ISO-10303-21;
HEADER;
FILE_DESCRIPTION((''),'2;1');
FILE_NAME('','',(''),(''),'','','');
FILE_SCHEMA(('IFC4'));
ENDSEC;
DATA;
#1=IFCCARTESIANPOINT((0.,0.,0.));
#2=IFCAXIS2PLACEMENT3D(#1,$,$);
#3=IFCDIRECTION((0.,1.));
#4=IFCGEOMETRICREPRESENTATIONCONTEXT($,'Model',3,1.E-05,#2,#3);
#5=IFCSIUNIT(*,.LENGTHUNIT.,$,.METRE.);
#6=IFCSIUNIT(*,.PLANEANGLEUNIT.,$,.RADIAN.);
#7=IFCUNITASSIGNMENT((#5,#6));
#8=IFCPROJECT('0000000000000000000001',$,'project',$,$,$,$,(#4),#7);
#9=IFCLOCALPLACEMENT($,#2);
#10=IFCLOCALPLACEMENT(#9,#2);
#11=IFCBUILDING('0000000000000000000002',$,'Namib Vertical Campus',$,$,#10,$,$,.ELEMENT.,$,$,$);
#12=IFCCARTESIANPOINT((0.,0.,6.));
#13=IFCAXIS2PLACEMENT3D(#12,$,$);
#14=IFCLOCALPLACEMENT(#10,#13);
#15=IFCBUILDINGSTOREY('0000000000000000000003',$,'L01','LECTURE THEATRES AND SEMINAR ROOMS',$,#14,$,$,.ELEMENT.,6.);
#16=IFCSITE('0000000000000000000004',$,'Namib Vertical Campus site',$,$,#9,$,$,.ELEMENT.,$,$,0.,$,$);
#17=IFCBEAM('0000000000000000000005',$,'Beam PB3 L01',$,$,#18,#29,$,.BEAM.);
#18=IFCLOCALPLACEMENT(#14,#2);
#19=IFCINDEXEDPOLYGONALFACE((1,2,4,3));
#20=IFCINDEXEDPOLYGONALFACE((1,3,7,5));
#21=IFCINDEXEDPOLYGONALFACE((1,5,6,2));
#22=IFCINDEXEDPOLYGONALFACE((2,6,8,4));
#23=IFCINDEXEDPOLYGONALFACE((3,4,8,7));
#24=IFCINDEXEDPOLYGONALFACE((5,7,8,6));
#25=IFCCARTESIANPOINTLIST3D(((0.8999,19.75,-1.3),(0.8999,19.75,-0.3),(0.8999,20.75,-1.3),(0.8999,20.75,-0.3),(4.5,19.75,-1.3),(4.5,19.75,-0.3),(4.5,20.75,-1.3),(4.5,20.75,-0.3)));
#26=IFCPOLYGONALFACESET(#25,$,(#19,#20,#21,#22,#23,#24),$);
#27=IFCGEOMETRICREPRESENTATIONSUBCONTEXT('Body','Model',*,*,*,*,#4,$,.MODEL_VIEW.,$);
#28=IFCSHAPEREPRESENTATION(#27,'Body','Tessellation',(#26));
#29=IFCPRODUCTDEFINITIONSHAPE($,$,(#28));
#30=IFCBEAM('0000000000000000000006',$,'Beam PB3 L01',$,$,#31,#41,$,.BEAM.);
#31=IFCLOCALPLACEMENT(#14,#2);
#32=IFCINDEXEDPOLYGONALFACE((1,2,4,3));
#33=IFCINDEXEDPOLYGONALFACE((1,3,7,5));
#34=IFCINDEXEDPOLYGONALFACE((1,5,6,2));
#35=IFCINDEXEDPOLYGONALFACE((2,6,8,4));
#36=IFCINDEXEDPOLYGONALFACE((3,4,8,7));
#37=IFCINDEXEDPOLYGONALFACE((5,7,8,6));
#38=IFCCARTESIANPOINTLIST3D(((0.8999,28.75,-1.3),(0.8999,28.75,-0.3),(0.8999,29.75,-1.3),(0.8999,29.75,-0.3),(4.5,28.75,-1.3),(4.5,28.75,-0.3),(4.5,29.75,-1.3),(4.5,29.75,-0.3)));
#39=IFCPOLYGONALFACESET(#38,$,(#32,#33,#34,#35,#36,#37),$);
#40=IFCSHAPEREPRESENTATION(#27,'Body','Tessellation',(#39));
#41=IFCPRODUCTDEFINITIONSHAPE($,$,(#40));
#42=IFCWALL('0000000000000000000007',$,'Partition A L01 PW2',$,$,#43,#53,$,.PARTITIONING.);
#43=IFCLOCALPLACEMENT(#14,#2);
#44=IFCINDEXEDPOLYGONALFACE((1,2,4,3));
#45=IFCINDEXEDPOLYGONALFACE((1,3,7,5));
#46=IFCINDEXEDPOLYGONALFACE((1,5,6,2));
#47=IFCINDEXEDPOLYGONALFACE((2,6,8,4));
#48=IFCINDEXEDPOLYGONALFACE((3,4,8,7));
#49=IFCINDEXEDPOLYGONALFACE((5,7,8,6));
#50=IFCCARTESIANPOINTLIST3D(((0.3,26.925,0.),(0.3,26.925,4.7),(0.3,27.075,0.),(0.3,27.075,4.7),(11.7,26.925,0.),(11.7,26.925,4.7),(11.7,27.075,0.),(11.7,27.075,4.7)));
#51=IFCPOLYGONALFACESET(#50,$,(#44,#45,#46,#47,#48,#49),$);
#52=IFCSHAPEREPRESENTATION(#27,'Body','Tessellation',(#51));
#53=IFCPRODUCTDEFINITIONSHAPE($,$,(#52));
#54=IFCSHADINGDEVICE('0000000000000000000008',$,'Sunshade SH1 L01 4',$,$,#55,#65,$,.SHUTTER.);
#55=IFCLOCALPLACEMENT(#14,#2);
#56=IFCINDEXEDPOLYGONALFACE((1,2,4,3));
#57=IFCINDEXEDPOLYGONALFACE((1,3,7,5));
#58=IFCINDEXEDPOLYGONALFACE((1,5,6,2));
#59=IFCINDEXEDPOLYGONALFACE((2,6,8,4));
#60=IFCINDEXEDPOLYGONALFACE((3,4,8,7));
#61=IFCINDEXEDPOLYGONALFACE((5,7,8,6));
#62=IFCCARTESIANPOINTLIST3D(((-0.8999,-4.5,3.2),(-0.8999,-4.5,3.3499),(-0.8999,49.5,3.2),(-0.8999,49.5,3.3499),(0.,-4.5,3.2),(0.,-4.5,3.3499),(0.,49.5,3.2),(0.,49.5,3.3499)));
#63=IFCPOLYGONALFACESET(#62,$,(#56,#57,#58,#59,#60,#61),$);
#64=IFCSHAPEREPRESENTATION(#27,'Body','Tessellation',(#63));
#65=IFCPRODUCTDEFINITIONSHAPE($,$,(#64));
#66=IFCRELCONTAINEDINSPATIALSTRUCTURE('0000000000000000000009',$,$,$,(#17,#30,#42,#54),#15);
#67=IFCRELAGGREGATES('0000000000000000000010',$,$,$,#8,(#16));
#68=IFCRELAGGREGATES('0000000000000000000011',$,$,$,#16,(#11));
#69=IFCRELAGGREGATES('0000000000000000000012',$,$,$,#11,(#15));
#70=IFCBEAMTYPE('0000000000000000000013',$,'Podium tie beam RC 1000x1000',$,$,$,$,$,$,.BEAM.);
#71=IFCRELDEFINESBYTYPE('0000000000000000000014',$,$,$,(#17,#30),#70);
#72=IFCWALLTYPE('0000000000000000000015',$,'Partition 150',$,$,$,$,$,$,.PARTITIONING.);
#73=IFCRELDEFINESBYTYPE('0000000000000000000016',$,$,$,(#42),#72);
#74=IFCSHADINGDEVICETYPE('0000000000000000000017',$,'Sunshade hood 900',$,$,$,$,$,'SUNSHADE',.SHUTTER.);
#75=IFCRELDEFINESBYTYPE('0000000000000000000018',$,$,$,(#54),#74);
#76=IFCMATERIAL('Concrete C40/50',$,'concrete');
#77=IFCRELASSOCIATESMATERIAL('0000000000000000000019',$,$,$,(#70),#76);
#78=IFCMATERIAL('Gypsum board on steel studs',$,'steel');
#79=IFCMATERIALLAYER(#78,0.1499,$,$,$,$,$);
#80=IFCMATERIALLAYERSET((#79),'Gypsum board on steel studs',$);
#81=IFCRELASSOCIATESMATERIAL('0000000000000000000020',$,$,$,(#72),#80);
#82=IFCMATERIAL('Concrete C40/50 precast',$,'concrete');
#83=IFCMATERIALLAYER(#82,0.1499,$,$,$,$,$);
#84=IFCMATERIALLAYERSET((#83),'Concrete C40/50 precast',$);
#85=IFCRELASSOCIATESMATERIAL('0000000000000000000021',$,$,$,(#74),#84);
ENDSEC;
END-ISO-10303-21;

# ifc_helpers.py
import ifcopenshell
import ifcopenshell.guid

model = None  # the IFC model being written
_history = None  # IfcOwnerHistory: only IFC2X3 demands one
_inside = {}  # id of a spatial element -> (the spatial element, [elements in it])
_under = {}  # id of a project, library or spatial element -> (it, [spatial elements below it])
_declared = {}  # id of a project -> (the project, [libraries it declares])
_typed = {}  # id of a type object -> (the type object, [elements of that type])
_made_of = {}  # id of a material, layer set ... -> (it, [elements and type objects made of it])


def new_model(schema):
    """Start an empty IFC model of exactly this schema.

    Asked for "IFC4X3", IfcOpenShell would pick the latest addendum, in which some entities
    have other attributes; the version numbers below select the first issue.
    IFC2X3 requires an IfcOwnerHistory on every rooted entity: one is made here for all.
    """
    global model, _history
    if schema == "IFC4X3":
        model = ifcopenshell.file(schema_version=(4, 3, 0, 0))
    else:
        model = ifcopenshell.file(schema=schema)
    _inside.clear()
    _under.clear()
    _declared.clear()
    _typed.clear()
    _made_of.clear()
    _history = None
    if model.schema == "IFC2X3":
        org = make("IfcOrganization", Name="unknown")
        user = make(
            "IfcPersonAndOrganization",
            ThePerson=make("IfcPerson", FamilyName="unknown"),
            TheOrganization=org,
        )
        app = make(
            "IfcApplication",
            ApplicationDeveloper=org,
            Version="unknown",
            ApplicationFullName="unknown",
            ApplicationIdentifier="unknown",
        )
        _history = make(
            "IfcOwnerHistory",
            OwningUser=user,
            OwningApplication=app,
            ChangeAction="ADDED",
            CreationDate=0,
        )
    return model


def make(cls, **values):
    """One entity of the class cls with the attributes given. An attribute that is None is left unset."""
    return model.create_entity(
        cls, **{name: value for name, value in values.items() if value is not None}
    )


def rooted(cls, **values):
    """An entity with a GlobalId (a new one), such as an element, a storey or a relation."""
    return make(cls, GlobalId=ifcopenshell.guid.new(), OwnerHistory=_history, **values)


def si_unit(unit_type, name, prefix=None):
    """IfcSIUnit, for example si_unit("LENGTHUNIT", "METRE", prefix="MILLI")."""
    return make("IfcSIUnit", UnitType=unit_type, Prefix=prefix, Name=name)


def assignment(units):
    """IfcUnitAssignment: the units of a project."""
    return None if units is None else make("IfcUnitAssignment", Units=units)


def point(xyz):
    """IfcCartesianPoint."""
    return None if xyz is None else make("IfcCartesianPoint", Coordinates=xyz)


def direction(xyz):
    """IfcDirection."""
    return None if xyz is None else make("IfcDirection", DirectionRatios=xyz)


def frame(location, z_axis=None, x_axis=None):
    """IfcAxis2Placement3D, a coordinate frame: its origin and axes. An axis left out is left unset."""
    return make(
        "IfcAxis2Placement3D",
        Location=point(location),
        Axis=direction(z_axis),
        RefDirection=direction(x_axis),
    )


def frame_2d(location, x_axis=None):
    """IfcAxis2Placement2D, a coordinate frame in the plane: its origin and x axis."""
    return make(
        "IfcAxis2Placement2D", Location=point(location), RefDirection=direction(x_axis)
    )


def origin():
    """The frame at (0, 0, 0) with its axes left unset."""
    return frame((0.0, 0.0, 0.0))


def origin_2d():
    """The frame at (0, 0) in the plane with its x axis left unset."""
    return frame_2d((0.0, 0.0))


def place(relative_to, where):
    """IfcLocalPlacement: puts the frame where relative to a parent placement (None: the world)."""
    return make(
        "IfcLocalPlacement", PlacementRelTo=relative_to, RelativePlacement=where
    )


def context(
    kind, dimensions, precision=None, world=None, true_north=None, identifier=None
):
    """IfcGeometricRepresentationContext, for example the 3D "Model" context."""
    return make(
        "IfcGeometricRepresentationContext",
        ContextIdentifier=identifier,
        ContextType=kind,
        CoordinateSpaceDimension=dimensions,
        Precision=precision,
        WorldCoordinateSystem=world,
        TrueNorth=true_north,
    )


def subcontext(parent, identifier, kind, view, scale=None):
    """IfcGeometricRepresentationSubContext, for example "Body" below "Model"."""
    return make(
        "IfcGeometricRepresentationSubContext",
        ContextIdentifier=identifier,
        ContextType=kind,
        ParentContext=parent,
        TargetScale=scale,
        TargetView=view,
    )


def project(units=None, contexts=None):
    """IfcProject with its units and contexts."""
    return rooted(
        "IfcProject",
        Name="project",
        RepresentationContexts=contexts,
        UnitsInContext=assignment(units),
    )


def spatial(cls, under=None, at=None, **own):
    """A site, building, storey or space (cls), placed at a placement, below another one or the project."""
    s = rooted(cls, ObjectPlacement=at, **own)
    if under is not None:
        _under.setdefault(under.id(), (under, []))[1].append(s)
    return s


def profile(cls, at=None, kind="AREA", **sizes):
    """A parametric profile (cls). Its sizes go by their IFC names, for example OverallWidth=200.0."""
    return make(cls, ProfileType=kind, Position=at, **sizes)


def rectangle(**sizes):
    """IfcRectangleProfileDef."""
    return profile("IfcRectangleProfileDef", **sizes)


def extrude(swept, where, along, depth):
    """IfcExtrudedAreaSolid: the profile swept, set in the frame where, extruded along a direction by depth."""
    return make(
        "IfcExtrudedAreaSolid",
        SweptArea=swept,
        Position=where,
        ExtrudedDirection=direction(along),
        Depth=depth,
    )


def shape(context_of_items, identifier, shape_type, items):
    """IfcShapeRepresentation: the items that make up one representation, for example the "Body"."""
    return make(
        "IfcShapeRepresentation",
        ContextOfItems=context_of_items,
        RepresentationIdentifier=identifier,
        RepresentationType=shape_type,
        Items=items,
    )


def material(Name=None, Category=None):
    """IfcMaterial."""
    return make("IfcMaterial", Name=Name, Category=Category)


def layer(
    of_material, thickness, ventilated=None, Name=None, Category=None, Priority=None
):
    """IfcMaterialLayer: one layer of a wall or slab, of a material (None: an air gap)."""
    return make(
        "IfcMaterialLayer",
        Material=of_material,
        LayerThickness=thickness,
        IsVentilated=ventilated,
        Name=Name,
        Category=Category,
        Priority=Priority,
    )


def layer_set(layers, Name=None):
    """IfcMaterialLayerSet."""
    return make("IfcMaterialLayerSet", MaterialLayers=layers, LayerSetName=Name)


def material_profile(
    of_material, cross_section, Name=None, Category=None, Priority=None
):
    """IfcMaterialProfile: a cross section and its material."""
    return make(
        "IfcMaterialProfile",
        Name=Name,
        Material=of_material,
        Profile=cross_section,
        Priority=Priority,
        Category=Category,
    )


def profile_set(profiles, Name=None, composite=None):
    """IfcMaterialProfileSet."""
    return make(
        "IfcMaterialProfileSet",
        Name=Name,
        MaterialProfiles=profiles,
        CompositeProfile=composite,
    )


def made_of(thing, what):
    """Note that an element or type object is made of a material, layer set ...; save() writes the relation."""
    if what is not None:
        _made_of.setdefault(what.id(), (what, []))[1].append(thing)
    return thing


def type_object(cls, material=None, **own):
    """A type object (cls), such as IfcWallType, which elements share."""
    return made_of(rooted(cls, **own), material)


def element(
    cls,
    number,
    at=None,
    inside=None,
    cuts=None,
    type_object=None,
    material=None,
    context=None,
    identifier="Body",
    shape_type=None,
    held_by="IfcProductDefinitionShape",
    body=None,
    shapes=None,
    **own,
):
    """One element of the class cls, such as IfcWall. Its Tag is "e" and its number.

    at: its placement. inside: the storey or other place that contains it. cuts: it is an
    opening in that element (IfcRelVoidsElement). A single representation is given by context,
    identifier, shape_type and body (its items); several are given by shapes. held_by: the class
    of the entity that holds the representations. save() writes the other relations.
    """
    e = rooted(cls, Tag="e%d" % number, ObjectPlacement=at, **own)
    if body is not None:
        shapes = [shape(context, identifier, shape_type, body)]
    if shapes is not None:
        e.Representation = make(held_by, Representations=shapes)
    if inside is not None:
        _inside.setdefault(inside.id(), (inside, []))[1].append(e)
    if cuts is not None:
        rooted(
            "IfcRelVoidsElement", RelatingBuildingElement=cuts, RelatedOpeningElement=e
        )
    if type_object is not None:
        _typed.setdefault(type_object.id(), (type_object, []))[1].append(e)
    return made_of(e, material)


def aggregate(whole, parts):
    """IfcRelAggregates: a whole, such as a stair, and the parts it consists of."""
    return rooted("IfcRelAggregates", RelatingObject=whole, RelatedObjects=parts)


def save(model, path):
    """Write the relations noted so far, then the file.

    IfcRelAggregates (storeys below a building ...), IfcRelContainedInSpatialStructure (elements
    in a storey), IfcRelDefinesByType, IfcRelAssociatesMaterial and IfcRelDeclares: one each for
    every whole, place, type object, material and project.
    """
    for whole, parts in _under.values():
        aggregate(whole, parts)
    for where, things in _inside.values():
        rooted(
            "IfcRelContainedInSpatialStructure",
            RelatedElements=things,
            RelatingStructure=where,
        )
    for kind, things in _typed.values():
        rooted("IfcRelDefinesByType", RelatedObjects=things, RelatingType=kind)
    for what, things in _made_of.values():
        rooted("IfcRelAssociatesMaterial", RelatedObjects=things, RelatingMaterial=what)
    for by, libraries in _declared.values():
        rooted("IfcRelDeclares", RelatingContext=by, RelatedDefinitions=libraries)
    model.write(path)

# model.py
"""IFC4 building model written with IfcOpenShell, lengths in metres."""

from ifc_helpers import new_model, si_unit, direction, frame, frame_2d, origin, origin_2d, place, context, subcontext, project, spatial, rectangle, extrude, material, layer, layer_set, material_profile, profile_set, type_object, element, save


model = new_model("IFC4")

# Units and contexts
model_context = context("Model", 3, precision=1e-05, world=origin(), true_north=direction((0.0, 1.0)))
body_context = subcontext(model_context, "Body", "Model", "MODEL_VIEW")
ifc_project = project(units=[si_unit("LENGTHUNIT", "METRE"), si_unit("PLANEANGLEUNIT", "RADIAN")], contexts=[model_context])

# Site, building, storey
site_placement = place(None, origin())
site = spatial("IfcSite", under=ifc_project, at=site_placement, Name="Namib Vertical Campus site", CompositionType="ELEMENT", RefElevation=0.0)
building_placement = place(site_placement, origin())
building = spatial("IfcBuilding", under=site, at=building_placement, Name="Namib Vertical Campus", CompositionType="ELEMENT")
storey_placement = place(building_placement, frame((0.0, 0.0, 6.0)))
storey = spatial("IfcBuildingStorey", under=building, at=storey_placement, Name="L01", Description="LECTURE THEATRES AND SEMINAR ROOMS", CompositionType="ELEMENT", Elevation=6.0)

# Beams
ifc_material_1 = material(Name="Concrete C40/50", Category="concrete")
ifc_material_profile_1 = material_profile(ifc_material_1, rectangle(XDim=1.0, YDim=1.0, at=origin_2d()))
ifc_profile_set_1 = profile_set([ifc_material_profile_1], Name="Concrete C40/50")
beam_type_1 = type_object("IfcBeamType", Name="Podium tie beam RC 1000x1000", PredefinedType="BEAM", material=ifc_profile_set_1)
for number, where, z_axis, x_axis, name in (
    (1, (0.8999, 20.25, -0.8), (1.0, 0.0, 0.0), (0.0, 1.0, 0.0), "Beam PB3 L01"),
    (2, (0.8999, 29.25, -0.8), (1.0, 0.0, 0.0), (0.0, 1.0, 0.0), "Beam PB3 L01"),
):
    element("IfcBeam", number, at=place(storey_placement, frame(where, z_axis=z_axis, x_axis=x_axis)), inside=storey, type_object=beam_type_1, Name=name, PredefinedType="BEAM", context=body_context, shape_type="SweptSolid", body=[
        extrude(rectangle(XDim=1.0, YDim=1.0, at=origin_2d()), origin(), (0.0, 0.0, 1.0), 3.6001),
    ])

# Wall
ifc_material_2 = material(Name="Gypsum board on steel studs", Category="steel")
ifc_layer_1 = layer(ifc_material_2, 0.1499)
ifc_layer_set_1 = layer_set([ifc_layer_1], Name="Gypsum board on steel studs")
wall_type_1 = type_object("IfcWallType", Name="Partition 150", PredefinedType="PARTITIONING", material=ifc_layer_set_1)
wall_1_placement = place(storey_placement, frame((0.3, 27.0, 0.0), z_axis=(0.0, 0.0, 1.0), x_axis=(1.0, 0.0, 0.0)))
element("IfcWall", 3, at=wall_1_placement, inside=storey, type_object=wall_type_1, Name="Partition A L01 PW2", PredefinedType="PARTITIONING", context=body_context, shape_type="SweptSolid", body=[
    extrude(rectangle(XDim=11.3999, YDim=0.1499, at=frame_2d((5.7, 0.0))), origin(), (0.0, 0.0, 1.0), 4.7),
])

# Shading device
ifc_material_3 = material(Name="Concrete C40/50 precast", Category="concrete")
ifc_layer_2 = layer(ifc_material_3, 0.1499)
ifc_layer_set_2 = layer_set([ifc_layer_2], Name="Concrete C40/50 precast")
shading_device_type = type_object("IfcShadingDeviceType", Name="Sunshade hood 900", ElementType="SUNSHADE", PredefinedType="SHUTTER", material=ifc_layer_set_2)
shading_device_placement = place(storey_placement, frame((-0.45, 22.5, 3.2), z_axis=(0.0, 0.0, 1.0), x_axis=(0.0, -1.0, 0.0)))
element("IfcShadingDevice", 4, at=shading_device_placement, inside=storey, type_object=shading_device_type, Name="Sunshade SH1 L01 4", PredefinedType="SHUTTER", context=body_context, shape_type="SweptSolid", body=[
    extrude(rectangle(XDim=54.0, YDim=0.8999, at=origin_2d()), origin(), (0.0, 0.0, 1.0), 0.1499),
])

save(model, "model.ifc")
